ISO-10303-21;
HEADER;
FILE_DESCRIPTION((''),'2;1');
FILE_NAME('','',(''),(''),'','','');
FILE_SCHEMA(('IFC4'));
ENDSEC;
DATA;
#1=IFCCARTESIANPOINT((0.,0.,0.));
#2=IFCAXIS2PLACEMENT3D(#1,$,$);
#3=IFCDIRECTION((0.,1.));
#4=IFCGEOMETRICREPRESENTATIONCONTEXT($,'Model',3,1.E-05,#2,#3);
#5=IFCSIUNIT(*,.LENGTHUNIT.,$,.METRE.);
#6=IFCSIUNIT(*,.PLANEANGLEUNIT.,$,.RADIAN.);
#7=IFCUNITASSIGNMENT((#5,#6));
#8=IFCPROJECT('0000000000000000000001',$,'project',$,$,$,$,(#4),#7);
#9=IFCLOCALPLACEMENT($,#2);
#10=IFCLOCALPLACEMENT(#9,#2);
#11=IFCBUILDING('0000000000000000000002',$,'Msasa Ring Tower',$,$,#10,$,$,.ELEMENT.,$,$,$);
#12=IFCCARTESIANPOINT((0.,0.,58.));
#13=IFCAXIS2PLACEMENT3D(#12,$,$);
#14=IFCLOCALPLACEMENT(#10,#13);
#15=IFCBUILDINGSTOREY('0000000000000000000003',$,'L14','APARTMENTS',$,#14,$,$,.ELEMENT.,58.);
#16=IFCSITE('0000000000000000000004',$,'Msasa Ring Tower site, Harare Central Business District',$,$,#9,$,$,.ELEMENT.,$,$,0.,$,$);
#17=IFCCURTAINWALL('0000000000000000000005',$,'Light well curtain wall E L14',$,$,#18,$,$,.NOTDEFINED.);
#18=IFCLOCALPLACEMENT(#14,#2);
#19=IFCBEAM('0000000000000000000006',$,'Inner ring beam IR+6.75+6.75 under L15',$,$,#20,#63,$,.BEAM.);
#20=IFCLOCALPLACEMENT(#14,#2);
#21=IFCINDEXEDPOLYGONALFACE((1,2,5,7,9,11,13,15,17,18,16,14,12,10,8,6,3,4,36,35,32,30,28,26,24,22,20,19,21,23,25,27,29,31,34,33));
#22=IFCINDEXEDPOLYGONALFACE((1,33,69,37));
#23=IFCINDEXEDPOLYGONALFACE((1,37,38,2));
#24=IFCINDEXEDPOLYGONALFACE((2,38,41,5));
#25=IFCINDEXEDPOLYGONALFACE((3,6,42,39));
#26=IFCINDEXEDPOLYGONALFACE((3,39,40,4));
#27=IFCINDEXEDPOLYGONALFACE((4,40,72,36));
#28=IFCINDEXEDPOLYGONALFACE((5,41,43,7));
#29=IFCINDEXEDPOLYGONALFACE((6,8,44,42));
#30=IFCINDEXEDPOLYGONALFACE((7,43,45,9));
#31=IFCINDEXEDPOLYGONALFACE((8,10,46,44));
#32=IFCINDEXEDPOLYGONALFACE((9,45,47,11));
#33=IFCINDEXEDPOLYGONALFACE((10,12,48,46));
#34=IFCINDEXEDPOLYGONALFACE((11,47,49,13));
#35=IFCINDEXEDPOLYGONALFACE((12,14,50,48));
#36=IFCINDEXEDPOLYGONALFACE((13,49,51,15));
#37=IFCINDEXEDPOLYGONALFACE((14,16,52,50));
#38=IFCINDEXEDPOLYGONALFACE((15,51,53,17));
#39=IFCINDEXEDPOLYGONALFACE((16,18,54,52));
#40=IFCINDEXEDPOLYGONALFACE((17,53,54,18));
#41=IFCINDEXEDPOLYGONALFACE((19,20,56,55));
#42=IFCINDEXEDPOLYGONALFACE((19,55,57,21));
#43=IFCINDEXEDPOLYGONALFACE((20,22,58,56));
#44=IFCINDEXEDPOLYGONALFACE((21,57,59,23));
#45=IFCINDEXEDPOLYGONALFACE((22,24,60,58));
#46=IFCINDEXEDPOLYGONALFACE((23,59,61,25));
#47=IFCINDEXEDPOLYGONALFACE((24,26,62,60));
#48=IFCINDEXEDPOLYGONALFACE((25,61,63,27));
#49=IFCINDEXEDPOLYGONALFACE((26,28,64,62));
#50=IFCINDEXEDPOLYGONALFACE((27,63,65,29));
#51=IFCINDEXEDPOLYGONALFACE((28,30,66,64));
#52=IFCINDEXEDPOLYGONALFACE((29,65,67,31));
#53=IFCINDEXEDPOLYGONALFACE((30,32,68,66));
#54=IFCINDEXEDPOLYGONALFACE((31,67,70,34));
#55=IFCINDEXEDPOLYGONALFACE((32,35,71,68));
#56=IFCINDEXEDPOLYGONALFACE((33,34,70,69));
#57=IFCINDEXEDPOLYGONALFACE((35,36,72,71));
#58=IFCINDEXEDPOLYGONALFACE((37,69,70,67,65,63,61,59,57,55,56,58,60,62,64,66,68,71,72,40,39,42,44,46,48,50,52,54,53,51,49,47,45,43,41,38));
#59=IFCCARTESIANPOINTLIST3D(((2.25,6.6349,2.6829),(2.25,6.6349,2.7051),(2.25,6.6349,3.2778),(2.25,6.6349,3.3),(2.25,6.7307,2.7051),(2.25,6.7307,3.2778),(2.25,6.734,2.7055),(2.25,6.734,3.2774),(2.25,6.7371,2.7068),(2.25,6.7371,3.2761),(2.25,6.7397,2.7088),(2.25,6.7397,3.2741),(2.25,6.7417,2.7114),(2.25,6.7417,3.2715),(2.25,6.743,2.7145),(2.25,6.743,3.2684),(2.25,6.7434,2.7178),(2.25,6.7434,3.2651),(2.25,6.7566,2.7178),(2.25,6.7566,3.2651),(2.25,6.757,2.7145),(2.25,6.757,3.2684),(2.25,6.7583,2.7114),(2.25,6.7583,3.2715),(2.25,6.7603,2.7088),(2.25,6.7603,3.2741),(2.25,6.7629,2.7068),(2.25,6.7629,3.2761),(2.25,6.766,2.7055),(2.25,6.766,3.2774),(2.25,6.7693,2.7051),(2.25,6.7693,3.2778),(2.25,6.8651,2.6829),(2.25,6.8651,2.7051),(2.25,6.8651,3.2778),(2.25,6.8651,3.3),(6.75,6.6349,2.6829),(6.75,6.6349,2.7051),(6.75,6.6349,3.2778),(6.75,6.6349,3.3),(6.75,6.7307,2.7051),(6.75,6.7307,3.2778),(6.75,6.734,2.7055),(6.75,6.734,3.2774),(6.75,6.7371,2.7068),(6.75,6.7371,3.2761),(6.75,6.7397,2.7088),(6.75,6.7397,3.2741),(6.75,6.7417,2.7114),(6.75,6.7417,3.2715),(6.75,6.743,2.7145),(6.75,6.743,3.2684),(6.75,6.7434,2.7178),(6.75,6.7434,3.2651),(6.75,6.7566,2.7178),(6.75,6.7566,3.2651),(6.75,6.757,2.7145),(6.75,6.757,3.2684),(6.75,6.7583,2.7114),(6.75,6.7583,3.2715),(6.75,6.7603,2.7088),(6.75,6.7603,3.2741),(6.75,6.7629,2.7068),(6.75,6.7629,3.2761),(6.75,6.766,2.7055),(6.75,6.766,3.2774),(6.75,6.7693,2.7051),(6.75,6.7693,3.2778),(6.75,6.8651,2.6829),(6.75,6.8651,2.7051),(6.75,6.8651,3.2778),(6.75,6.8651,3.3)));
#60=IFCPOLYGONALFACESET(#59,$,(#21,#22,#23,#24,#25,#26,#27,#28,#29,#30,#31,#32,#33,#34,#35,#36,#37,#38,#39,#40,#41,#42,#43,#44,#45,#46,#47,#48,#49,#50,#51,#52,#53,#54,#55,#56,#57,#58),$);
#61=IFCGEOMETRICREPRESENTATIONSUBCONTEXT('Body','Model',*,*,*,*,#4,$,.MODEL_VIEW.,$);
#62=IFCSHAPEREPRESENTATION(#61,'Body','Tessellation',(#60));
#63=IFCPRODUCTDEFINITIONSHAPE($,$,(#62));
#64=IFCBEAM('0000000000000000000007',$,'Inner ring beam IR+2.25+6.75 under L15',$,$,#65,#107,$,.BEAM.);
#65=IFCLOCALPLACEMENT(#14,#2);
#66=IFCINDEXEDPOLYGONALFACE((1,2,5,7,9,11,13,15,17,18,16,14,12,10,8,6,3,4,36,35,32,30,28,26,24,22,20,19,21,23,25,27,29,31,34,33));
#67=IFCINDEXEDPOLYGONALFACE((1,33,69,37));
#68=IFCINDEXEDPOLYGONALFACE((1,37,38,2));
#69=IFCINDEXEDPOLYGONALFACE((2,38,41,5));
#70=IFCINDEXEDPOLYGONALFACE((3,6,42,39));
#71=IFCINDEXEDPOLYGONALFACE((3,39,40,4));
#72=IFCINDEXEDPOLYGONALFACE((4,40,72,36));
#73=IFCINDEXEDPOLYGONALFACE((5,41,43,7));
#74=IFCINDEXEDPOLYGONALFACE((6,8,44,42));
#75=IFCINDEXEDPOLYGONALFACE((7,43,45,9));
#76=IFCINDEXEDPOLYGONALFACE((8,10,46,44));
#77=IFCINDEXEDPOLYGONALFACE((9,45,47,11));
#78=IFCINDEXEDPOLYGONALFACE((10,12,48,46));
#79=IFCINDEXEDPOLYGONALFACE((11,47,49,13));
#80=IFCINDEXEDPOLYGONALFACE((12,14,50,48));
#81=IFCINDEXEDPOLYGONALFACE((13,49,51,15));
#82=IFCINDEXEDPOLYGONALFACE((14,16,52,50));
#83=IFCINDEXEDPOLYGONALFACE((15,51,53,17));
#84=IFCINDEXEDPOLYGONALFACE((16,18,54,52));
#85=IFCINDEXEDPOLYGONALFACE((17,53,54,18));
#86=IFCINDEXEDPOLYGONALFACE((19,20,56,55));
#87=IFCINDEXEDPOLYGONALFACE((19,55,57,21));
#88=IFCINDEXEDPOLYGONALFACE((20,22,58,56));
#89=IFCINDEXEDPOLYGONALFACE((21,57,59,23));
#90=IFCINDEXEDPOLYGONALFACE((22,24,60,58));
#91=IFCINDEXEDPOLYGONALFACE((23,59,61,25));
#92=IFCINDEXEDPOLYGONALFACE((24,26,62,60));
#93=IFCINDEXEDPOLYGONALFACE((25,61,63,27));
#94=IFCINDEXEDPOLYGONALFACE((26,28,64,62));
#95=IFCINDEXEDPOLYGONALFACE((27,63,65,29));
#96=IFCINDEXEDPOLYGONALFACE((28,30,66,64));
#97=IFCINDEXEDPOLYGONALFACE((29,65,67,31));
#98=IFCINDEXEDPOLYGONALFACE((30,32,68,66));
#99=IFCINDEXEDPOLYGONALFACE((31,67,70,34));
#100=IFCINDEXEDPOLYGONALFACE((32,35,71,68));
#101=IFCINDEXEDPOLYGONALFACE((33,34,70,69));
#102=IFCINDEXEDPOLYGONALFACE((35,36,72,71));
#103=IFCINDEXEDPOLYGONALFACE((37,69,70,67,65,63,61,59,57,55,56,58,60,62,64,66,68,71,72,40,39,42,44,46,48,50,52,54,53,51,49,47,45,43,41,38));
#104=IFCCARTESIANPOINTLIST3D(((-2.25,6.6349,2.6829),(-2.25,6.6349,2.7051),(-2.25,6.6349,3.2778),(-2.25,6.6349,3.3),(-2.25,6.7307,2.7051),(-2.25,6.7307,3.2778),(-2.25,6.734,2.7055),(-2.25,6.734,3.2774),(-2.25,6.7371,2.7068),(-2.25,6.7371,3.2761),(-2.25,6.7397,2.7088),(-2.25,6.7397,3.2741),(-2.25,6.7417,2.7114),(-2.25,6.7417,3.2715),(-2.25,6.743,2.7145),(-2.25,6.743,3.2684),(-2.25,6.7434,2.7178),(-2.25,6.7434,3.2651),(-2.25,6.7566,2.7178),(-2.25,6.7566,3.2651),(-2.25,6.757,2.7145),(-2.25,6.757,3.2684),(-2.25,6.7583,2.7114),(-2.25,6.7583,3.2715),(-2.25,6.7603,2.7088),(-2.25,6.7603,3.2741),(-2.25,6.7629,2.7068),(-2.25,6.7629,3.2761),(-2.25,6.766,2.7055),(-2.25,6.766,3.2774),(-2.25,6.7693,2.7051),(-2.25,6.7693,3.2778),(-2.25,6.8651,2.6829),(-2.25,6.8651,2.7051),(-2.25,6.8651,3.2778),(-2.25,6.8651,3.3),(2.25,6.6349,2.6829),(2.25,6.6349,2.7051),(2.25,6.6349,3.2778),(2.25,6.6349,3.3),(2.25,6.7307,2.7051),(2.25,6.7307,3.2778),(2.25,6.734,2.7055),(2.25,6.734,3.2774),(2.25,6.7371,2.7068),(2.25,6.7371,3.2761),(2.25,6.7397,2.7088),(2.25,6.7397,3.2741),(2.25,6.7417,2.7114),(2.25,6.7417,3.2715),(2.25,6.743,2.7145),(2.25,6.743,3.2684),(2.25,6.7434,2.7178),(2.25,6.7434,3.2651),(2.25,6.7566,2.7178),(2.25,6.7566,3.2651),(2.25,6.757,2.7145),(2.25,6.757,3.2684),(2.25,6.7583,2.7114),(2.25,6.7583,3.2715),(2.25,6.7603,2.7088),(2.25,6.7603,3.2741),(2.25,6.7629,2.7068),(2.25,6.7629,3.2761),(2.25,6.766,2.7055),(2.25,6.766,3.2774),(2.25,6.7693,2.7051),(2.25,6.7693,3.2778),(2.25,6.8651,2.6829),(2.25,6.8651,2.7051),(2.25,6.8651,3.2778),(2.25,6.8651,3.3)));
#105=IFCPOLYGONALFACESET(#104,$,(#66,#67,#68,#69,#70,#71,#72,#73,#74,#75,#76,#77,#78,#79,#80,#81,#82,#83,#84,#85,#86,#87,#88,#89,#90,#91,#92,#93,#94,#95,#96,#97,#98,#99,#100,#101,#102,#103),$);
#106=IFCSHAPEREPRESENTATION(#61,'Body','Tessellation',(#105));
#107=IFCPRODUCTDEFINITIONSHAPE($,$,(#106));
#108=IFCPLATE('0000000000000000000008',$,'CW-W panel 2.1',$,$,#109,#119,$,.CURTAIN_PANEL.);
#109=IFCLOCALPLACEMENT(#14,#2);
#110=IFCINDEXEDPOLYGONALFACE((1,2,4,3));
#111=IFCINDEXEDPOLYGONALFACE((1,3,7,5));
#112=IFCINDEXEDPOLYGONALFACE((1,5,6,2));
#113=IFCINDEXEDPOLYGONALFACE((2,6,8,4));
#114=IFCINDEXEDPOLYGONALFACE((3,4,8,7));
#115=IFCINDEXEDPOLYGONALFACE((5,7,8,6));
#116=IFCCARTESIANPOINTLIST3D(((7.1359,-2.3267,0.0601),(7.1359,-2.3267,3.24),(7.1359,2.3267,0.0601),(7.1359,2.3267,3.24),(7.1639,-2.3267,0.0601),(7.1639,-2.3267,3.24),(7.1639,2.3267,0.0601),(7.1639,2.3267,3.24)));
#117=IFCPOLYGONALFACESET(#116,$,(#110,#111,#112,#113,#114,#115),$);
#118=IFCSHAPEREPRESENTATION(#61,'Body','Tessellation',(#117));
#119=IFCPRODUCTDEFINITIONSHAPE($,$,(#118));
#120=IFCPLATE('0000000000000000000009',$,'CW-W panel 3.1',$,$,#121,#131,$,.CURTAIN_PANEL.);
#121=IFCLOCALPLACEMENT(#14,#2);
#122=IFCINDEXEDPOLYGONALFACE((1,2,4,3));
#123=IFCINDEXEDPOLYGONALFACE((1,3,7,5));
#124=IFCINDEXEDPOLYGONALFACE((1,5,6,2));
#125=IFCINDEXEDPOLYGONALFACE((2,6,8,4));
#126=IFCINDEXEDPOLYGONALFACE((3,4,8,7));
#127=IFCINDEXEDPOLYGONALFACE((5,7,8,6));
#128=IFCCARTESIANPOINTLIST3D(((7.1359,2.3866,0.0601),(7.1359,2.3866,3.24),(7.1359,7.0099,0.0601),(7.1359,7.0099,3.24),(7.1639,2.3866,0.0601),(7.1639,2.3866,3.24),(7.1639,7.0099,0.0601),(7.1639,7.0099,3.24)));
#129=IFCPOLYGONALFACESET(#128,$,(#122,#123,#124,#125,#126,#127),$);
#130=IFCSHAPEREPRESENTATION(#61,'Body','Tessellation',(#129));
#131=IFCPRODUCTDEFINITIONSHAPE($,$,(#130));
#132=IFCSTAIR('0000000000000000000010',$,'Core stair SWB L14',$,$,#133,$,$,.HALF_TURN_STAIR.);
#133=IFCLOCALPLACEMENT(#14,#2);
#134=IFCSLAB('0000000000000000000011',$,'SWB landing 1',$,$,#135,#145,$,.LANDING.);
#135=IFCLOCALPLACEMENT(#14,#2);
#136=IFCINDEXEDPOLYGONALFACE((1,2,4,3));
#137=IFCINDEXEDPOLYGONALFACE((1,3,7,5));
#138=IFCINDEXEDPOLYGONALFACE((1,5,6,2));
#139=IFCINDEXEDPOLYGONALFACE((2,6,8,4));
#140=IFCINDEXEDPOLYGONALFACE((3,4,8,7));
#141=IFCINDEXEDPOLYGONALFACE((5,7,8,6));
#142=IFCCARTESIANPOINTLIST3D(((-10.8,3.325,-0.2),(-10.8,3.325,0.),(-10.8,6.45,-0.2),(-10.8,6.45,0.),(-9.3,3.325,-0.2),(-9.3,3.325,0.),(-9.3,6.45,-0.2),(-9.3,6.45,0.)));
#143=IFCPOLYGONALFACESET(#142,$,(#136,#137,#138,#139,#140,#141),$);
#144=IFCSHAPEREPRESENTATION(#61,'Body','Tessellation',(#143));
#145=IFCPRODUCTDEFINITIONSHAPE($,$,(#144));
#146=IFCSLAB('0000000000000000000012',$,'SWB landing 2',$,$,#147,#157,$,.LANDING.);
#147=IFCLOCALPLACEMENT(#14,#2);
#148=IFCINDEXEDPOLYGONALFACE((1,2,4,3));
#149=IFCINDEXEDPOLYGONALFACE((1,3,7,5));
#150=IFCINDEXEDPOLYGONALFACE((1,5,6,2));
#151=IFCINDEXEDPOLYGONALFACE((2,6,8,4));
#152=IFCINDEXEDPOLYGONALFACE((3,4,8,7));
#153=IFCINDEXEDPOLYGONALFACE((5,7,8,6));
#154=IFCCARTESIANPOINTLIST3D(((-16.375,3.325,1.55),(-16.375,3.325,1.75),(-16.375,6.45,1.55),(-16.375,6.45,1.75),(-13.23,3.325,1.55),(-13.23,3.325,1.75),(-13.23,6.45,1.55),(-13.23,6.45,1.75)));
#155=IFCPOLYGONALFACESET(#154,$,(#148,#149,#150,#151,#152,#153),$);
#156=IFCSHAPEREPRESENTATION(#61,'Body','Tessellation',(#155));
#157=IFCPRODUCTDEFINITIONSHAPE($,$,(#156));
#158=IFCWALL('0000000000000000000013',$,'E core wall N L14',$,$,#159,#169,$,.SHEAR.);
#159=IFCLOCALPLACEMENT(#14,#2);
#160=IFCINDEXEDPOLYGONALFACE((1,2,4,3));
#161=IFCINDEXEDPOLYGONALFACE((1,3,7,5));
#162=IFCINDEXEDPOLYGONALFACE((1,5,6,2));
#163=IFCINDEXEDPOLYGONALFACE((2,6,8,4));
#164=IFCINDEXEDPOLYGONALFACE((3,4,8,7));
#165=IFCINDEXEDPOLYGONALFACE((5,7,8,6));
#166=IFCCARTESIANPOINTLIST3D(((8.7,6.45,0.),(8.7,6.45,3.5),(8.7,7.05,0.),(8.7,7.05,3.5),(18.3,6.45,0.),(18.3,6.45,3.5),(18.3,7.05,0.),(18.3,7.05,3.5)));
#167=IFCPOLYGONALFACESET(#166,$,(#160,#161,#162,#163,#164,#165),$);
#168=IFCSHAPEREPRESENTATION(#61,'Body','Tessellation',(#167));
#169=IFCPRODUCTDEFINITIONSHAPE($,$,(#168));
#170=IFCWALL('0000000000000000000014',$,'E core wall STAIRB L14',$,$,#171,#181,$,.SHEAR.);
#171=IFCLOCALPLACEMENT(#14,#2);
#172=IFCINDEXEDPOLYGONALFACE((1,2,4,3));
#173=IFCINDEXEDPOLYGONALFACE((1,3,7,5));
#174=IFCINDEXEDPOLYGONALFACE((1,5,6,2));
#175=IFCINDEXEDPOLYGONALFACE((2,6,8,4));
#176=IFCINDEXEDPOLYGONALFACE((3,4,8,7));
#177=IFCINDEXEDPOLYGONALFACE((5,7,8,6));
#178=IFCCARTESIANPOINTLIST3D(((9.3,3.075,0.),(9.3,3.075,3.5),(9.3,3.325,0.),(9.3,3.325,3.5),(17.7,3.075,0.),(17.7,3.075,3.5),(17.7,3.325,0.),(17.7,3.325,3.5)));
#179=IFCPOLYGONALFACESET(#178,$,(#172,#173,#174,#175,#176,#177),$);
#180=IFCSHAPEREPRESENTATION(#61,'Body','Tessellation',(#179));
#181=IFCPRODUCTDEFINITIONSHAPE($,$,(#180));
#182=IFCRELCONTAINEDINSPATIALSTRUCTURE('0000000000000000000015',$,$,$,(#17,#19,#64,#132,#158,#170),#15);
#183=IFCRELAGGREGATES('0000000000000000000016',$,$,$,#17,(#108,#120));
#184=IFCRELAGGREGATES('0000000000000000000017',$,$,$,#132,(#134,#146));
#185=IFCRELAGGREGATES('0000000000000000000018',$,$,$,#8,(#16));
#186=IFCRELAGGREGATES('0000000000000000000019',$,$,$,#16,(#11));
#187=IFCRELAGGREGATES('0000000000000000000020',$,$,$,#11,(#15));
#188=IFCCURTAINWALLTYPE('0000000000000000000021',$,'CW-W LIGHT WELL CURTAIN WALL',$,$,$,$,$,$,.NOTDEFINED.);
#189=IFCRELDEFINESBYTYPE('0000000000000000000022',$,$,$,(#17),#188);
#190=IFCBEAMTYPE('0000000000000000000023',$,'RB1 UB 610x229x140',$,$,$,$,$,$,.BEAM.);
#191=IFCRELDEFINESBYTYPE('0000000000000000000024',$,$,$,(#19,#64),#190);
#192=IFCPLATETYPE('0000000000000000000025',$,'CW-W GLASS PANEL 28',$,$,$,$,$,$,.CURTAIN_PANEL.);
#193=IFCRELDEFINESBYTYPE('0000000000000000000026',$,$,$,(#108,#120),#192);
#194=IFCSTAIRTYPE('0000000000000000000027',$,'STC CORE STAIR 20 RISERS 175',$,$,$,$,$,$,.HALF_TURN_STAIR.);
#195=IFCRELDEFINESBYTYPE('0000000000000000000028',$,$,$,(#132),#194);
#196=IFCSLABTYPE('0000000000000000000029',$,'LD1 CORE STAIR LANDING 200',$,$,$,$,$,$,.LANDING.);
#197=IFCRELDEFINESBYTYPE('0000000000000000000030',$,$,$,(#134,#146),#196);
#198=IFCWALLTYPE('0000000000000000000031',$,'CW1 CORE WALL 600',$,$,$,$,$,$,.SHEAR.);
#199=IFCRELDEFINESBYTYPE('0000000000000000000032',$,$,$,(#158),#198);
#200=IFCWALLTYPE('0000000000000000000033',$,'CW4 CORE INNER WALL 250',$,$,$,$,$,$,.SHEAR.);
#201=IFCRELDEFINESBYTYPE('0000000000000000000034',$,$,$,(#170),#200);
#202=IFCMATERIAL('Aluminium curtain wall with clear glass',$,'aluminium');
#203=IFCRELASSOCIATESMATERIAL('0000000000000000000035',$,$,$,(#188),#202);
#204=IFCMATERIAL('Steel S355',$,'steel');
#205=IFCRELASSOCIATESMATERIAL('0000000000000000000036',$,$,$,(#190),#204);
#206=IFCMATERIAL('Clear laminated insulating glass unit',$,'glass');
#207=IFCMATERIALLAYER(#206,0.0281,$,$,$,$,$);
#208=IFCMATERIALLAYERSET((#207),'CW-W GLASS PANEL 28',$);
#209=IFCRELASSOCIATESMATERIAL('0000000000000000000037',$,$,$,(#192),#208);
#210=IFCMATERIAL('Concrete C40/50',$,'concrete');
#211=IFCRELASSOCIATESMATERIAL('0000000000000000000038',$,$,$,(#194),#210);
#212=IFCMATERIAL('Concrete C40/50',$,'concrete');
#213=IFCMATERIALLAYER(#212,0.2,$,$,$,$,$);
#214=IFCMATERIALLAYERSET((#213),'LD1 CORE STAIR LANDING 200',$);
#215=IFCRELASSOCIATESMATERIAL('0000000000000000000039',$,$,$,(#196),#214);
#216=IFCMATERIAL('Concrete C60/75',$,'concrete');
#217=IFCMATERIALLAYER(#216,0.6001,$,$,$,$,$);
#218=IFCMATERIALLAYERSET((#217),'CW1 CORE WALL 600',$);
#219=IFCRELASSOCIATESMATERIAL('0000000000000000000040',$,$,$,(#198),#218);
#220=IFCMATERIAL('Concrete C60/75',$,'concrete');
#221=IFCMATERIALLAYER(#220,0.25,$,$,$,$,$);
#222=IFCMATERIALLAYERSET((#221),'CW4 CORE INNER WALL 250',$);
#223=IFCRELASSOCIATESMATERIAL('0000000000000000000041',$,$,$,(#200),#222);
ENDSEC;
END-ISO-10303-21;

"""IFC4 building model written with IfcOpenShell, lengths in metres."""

from ifc_helpers import new_model, si_unit, direction, frame, frame_2d, origin, origin_2d, place, context, subcontext, project, spatial, polyline, rectangle, i_section, outline, extrude, material, layer, layer_set, material_profile, profile_set, type_object, element, aggregate, save


model = new_model("IFC4")

# Units and contexts
model_context = context("Model", 3, precision=1e-05, world=origin(), true_north=direction((0.0, 1.0)))
body_context = subcontext(model_context, "Body", "Model", "MODEL_VIEW")
ifc_project = project(units=[si_unit("LENGTHUNIT", "METRE"), si_unit("PLANEANGLEUNIT", "RADIAN")], contexts=[model_context])

# Site, building, storey
site_placement = place(None, origin())
site = spatial("IfcSite", under=ifc_project, at=site_placement, Name="Msasa Ring Tower site, Harare Central Business District", CompositionType="ELEMENT", RefElevation=0.0)
building_placement = place(site_placement, origin())
building = spatial("IfcBuilding", under=site, at=building_placement, Name="Msasa Ring Tower", CompositionType="ELEMENT")
storey_placement = place(building_placement, frame((0.0, 0.0, 58.0)))
storey = spatial("IfcBuildingStorey", under=building, at=storey_placement, Name="L14", Description="APARTMENTS", CompositionType="ELEMENT", Elevation=58.0)

# Curtain wall
ifc_material_1 = material(Name="Aluminium curtain wall with clear glass", Category="aluminium")
curtain_wall_type = type_object("IfcCurtainWallType", Name="CW-W LIGHT WELL CURTAIN WALL", PredefinedType="NOTDEFINED", material=ifc_material_1)
curtain_wall_placement = place(storey_placement, origin())
curtain_wall = element("IfcCurtainWall", 1, at=curtain_wall_placement, inside=storey, type_object=curtain_wall_type, Name="Light well curtain wall E L14", PredefinedType="NOTDEFINED")

# Beams
ifc_material_2 = material(Name="Steel S355", Category="steel")
ifc_material_profile_1 = material_profile(ifc_material_2, i_section(OverallWidth=0.2302, OverallDepth=0.6172, WebThickness=0.0132, FlangeThickness=0.0222, FilletRadius=0.0127, at=origin_2d()), Name="UB 610x229x140")
ifc_profile_set_1 = profile_set([ifc_material_profile_1], Name="Steel S355")
beam_type = type_object("IfcBeamType", Name="RB1 UB 610x229x140", PredefinedType="BEAM", material=ifc_profile_set_1)
for number, where, z_axis, x_axis, name in (
    (2, (6.75, 6.75, 2.9915), (-1.0, 0.0, 0.0), (0.0, -1.0, 0.0), "Inner ring beam IR+6.75+6.75 under L15"),
    (3, (2.25, 6.75, 2.9915), (-1.0, 0.0, 0.0), (0.0, -1.0, 0.0), "Inner ring beam IR+2.25+6.75 under L15"),
):
    element("IfcBeam", number, at=place(storey_placement, frame(where, z_axis=z_axis, x_axis=x_axis)), inside=storey, type_object=beam_type, Name=name, PredefinedType="BEAM", context=body_context, shape_type="SweptSolid", body=[
        extrude(i_section(OverallWidth=0.2302, OverallDepth=0.6172, WebThickness=0.0132, FlangeThickness=0.0222, FilletRadius=0.0127, at=origin_2d()), origin(), (0.0, 0.0, 1.0), 4.5),
    ])

# Plates
ifc_material_3 = material(Name="Clear laminated insulating glass unit", Category="glass")
ifc_layer_1 = layer(ifc_material_3, 0.0281)
ifc_layer_set_1 = layer_set([ifc_layer_1], Name="CW-W GLASS PANEL 28")
plate_type = type_object("IfcPlateType", Name="CW-W GLASS PANEL 28", PredefinedType="CURTAIN_PANEL", material=ifc_layer_set_1)
plate_1_placement = place(storey_placement, frame((7.1499, 0.0, 0.0601), z_axis=(0.0, 0.0, 1.0), x_axis=(0.0, 1.0, 0.0)))
plate_1 = element("IfcPlate", 4, at=plate_1_placement, type_object=plate_type, Name="CW-W panel 2.1", PredefinedType="CURTAIN_PANEL", context=body_context, shape_type="SweptSolid", body=[
    extrude(rectangle(XDim=4.6533, YDim=0.0281, at=origin_2d()), origin(), (0.0, 0.0, 1.0), 3.1799),
])
plate_2_placement = place(storey_placement, frame((7.1499, 4.6982, 0.0601), z_axis=(0.0, 0.0, 1.0), x_axis=(0.0, 1.0, 0.0)))
plate_2 = element("IfcPlate", 5, at=plate_2_placement, type_object=plate_type, Name="CW-W panel 3.1", PredefinedType="CURTAIN_PANEL", context=body_context, shape_type="SweptSolid", body=[
    extrude(rectangle(XDim=4.6233, YDim=0.0281, at=origin_2d()), origin(), (0.0, 0.0, 1.0), 3.1799),
])
aggregate(curtain_wall, [plate_1, plate_2])

# Stair, slabs
ifc_material_4 = material(Name="Concrete C40/50", Category="concrete")
stair_type = type_object("IfcStairType", Name="STC CORE STAIR 20 RISERS 175", PredefinedType="HALF_TURN_STAIR", material=ifc_material_4)
stair_1_placement = place(storey_placement, origin())
stair_1 = element("IfcStair", 6, at=stair_1_placement, inside=storey, type_object=stair_type, Name="Core stair SWB L14", PredefinedType="HALF_TURN_STAIR")
ifc_material_5 = material(Name="Concrete C40/50", Category="concrete")
ifc_layer_2 = layer(ifc_material_5, 0.2)
ifc_layer_set_2 = layer_set([ifc_layer_2], Name="LD1 CORE STAIR LANDING 200")
slab_type = type_object("IfcSlabType", Name="LD1 CORE STAIR LANDING 200", PredefinedType="LANDING", material=ifc_layer_set_2)
slab_1_placement = place(storey_placement, frame((0.0, 0.0, -0.2)))
slab_1 = element("IfcSlab", 7, at=slab_1_placement, type_object=slab_type, Name="SWB landing 1", PredefinedType="LANDING", context=body_context, shape_type="SweptSolid", body=[
    extrude(outline(polyline([(-10.8, 3.325), (-9.3, 3.325), (-9.3, 6.45), (-10.8, 6.45), (-10.8, 3.325)])), origin(), (0.0, 0.0, 1.0), 0.2),
])
slab_2_placement = place(storey_placement, frame((0.0, 0.0, 1.55)))
slab_2 = element("IfcSlab", 8, at=slab_2_placement, type_object=slab_type, Name="SWB landing 2", PredefinedType="LANDING", context=body_context, shape_type="SweptSolid", body=[
    extrude(outline(polyline([(-16.375, 3.325), (-13.23, 3.325), (-13.23, 6.45), (-16.375, 6.45), (-16.375, 3.325)])), origin(), (0.0, 0.0, 1.0), 0.2),
])
aggregate(stair_1, [slab_1, slab_2])

# Walls
ifc_material_6 = material(Name="Concrete C60/75", Category="concrete")
ifc_layer_3 = layer(ifc_material_6, 0.6001)
ifc_layer_set_3 = layer_set([ifc_layer_3], Name="CW1 CORE WALL 600")
wall_type_1 = type_object("IfcWallType", Name="CW1 CORE WALL 600", PredefinedType="SHEAR", material=ifc_layer_set_3)
wall_1_placement = place(storey_placement, frame((8.7, 6.75, 0.0), z_axis=(0.0, 0.0, 1.0), x_axis=(1.0, 0.0, 0.0)))
element("IfcWall", 9, at=wall_1_placement, inside=storey, type_object=wall_type_1, Name="E core wall N L14", PredefinedType="SHEAR", context=body_context, shape_type="SweptSolid", body=[
    extrude(rectangle(XDim=9.6001, YDim=0.6001, at=frame_2d((4.8, 0.0))), origin(), (0.0, 0.0, 1.0), 3.5),
])
ifc_material_7 = material(Name="Concrete C60/75", Category="concrete")
ifc_layer_4 = layer(ifc_material_7, 0.25)
ifc_layer_set_4 = layer_set([ifc_layer_4], Name="CW4 CORE INNER WALL 250")
wall_type_2 = type_object("IfcWallType", Name="CW4 CORE INNER WALL 250", PredefinedType="SHEAR", material=ifc_layer_set_4)
wall_2_placement = place(storey_placement, frame((9.3, 3.2, 0.0), z_axis=(0.0, 0.0, 1.0), x_axis=(1.0, 0.0, 0.0)))
element("IfcWall", 10, at=wall_2_placement, inside=storey, type_object=wall_type_2, Name="E core wall STAIRB L14", PredefinedType="SHEAR", context=body_context, shape_type="SweptSolid", body=[
    extrude(rectangle(XDim=8.3999, YDim=0.25, at=frame_2d((4.2, 0.0))), origin(), (0.0, 0.0, 1.0), 3.5),
])

save(model, "model.ifc")
